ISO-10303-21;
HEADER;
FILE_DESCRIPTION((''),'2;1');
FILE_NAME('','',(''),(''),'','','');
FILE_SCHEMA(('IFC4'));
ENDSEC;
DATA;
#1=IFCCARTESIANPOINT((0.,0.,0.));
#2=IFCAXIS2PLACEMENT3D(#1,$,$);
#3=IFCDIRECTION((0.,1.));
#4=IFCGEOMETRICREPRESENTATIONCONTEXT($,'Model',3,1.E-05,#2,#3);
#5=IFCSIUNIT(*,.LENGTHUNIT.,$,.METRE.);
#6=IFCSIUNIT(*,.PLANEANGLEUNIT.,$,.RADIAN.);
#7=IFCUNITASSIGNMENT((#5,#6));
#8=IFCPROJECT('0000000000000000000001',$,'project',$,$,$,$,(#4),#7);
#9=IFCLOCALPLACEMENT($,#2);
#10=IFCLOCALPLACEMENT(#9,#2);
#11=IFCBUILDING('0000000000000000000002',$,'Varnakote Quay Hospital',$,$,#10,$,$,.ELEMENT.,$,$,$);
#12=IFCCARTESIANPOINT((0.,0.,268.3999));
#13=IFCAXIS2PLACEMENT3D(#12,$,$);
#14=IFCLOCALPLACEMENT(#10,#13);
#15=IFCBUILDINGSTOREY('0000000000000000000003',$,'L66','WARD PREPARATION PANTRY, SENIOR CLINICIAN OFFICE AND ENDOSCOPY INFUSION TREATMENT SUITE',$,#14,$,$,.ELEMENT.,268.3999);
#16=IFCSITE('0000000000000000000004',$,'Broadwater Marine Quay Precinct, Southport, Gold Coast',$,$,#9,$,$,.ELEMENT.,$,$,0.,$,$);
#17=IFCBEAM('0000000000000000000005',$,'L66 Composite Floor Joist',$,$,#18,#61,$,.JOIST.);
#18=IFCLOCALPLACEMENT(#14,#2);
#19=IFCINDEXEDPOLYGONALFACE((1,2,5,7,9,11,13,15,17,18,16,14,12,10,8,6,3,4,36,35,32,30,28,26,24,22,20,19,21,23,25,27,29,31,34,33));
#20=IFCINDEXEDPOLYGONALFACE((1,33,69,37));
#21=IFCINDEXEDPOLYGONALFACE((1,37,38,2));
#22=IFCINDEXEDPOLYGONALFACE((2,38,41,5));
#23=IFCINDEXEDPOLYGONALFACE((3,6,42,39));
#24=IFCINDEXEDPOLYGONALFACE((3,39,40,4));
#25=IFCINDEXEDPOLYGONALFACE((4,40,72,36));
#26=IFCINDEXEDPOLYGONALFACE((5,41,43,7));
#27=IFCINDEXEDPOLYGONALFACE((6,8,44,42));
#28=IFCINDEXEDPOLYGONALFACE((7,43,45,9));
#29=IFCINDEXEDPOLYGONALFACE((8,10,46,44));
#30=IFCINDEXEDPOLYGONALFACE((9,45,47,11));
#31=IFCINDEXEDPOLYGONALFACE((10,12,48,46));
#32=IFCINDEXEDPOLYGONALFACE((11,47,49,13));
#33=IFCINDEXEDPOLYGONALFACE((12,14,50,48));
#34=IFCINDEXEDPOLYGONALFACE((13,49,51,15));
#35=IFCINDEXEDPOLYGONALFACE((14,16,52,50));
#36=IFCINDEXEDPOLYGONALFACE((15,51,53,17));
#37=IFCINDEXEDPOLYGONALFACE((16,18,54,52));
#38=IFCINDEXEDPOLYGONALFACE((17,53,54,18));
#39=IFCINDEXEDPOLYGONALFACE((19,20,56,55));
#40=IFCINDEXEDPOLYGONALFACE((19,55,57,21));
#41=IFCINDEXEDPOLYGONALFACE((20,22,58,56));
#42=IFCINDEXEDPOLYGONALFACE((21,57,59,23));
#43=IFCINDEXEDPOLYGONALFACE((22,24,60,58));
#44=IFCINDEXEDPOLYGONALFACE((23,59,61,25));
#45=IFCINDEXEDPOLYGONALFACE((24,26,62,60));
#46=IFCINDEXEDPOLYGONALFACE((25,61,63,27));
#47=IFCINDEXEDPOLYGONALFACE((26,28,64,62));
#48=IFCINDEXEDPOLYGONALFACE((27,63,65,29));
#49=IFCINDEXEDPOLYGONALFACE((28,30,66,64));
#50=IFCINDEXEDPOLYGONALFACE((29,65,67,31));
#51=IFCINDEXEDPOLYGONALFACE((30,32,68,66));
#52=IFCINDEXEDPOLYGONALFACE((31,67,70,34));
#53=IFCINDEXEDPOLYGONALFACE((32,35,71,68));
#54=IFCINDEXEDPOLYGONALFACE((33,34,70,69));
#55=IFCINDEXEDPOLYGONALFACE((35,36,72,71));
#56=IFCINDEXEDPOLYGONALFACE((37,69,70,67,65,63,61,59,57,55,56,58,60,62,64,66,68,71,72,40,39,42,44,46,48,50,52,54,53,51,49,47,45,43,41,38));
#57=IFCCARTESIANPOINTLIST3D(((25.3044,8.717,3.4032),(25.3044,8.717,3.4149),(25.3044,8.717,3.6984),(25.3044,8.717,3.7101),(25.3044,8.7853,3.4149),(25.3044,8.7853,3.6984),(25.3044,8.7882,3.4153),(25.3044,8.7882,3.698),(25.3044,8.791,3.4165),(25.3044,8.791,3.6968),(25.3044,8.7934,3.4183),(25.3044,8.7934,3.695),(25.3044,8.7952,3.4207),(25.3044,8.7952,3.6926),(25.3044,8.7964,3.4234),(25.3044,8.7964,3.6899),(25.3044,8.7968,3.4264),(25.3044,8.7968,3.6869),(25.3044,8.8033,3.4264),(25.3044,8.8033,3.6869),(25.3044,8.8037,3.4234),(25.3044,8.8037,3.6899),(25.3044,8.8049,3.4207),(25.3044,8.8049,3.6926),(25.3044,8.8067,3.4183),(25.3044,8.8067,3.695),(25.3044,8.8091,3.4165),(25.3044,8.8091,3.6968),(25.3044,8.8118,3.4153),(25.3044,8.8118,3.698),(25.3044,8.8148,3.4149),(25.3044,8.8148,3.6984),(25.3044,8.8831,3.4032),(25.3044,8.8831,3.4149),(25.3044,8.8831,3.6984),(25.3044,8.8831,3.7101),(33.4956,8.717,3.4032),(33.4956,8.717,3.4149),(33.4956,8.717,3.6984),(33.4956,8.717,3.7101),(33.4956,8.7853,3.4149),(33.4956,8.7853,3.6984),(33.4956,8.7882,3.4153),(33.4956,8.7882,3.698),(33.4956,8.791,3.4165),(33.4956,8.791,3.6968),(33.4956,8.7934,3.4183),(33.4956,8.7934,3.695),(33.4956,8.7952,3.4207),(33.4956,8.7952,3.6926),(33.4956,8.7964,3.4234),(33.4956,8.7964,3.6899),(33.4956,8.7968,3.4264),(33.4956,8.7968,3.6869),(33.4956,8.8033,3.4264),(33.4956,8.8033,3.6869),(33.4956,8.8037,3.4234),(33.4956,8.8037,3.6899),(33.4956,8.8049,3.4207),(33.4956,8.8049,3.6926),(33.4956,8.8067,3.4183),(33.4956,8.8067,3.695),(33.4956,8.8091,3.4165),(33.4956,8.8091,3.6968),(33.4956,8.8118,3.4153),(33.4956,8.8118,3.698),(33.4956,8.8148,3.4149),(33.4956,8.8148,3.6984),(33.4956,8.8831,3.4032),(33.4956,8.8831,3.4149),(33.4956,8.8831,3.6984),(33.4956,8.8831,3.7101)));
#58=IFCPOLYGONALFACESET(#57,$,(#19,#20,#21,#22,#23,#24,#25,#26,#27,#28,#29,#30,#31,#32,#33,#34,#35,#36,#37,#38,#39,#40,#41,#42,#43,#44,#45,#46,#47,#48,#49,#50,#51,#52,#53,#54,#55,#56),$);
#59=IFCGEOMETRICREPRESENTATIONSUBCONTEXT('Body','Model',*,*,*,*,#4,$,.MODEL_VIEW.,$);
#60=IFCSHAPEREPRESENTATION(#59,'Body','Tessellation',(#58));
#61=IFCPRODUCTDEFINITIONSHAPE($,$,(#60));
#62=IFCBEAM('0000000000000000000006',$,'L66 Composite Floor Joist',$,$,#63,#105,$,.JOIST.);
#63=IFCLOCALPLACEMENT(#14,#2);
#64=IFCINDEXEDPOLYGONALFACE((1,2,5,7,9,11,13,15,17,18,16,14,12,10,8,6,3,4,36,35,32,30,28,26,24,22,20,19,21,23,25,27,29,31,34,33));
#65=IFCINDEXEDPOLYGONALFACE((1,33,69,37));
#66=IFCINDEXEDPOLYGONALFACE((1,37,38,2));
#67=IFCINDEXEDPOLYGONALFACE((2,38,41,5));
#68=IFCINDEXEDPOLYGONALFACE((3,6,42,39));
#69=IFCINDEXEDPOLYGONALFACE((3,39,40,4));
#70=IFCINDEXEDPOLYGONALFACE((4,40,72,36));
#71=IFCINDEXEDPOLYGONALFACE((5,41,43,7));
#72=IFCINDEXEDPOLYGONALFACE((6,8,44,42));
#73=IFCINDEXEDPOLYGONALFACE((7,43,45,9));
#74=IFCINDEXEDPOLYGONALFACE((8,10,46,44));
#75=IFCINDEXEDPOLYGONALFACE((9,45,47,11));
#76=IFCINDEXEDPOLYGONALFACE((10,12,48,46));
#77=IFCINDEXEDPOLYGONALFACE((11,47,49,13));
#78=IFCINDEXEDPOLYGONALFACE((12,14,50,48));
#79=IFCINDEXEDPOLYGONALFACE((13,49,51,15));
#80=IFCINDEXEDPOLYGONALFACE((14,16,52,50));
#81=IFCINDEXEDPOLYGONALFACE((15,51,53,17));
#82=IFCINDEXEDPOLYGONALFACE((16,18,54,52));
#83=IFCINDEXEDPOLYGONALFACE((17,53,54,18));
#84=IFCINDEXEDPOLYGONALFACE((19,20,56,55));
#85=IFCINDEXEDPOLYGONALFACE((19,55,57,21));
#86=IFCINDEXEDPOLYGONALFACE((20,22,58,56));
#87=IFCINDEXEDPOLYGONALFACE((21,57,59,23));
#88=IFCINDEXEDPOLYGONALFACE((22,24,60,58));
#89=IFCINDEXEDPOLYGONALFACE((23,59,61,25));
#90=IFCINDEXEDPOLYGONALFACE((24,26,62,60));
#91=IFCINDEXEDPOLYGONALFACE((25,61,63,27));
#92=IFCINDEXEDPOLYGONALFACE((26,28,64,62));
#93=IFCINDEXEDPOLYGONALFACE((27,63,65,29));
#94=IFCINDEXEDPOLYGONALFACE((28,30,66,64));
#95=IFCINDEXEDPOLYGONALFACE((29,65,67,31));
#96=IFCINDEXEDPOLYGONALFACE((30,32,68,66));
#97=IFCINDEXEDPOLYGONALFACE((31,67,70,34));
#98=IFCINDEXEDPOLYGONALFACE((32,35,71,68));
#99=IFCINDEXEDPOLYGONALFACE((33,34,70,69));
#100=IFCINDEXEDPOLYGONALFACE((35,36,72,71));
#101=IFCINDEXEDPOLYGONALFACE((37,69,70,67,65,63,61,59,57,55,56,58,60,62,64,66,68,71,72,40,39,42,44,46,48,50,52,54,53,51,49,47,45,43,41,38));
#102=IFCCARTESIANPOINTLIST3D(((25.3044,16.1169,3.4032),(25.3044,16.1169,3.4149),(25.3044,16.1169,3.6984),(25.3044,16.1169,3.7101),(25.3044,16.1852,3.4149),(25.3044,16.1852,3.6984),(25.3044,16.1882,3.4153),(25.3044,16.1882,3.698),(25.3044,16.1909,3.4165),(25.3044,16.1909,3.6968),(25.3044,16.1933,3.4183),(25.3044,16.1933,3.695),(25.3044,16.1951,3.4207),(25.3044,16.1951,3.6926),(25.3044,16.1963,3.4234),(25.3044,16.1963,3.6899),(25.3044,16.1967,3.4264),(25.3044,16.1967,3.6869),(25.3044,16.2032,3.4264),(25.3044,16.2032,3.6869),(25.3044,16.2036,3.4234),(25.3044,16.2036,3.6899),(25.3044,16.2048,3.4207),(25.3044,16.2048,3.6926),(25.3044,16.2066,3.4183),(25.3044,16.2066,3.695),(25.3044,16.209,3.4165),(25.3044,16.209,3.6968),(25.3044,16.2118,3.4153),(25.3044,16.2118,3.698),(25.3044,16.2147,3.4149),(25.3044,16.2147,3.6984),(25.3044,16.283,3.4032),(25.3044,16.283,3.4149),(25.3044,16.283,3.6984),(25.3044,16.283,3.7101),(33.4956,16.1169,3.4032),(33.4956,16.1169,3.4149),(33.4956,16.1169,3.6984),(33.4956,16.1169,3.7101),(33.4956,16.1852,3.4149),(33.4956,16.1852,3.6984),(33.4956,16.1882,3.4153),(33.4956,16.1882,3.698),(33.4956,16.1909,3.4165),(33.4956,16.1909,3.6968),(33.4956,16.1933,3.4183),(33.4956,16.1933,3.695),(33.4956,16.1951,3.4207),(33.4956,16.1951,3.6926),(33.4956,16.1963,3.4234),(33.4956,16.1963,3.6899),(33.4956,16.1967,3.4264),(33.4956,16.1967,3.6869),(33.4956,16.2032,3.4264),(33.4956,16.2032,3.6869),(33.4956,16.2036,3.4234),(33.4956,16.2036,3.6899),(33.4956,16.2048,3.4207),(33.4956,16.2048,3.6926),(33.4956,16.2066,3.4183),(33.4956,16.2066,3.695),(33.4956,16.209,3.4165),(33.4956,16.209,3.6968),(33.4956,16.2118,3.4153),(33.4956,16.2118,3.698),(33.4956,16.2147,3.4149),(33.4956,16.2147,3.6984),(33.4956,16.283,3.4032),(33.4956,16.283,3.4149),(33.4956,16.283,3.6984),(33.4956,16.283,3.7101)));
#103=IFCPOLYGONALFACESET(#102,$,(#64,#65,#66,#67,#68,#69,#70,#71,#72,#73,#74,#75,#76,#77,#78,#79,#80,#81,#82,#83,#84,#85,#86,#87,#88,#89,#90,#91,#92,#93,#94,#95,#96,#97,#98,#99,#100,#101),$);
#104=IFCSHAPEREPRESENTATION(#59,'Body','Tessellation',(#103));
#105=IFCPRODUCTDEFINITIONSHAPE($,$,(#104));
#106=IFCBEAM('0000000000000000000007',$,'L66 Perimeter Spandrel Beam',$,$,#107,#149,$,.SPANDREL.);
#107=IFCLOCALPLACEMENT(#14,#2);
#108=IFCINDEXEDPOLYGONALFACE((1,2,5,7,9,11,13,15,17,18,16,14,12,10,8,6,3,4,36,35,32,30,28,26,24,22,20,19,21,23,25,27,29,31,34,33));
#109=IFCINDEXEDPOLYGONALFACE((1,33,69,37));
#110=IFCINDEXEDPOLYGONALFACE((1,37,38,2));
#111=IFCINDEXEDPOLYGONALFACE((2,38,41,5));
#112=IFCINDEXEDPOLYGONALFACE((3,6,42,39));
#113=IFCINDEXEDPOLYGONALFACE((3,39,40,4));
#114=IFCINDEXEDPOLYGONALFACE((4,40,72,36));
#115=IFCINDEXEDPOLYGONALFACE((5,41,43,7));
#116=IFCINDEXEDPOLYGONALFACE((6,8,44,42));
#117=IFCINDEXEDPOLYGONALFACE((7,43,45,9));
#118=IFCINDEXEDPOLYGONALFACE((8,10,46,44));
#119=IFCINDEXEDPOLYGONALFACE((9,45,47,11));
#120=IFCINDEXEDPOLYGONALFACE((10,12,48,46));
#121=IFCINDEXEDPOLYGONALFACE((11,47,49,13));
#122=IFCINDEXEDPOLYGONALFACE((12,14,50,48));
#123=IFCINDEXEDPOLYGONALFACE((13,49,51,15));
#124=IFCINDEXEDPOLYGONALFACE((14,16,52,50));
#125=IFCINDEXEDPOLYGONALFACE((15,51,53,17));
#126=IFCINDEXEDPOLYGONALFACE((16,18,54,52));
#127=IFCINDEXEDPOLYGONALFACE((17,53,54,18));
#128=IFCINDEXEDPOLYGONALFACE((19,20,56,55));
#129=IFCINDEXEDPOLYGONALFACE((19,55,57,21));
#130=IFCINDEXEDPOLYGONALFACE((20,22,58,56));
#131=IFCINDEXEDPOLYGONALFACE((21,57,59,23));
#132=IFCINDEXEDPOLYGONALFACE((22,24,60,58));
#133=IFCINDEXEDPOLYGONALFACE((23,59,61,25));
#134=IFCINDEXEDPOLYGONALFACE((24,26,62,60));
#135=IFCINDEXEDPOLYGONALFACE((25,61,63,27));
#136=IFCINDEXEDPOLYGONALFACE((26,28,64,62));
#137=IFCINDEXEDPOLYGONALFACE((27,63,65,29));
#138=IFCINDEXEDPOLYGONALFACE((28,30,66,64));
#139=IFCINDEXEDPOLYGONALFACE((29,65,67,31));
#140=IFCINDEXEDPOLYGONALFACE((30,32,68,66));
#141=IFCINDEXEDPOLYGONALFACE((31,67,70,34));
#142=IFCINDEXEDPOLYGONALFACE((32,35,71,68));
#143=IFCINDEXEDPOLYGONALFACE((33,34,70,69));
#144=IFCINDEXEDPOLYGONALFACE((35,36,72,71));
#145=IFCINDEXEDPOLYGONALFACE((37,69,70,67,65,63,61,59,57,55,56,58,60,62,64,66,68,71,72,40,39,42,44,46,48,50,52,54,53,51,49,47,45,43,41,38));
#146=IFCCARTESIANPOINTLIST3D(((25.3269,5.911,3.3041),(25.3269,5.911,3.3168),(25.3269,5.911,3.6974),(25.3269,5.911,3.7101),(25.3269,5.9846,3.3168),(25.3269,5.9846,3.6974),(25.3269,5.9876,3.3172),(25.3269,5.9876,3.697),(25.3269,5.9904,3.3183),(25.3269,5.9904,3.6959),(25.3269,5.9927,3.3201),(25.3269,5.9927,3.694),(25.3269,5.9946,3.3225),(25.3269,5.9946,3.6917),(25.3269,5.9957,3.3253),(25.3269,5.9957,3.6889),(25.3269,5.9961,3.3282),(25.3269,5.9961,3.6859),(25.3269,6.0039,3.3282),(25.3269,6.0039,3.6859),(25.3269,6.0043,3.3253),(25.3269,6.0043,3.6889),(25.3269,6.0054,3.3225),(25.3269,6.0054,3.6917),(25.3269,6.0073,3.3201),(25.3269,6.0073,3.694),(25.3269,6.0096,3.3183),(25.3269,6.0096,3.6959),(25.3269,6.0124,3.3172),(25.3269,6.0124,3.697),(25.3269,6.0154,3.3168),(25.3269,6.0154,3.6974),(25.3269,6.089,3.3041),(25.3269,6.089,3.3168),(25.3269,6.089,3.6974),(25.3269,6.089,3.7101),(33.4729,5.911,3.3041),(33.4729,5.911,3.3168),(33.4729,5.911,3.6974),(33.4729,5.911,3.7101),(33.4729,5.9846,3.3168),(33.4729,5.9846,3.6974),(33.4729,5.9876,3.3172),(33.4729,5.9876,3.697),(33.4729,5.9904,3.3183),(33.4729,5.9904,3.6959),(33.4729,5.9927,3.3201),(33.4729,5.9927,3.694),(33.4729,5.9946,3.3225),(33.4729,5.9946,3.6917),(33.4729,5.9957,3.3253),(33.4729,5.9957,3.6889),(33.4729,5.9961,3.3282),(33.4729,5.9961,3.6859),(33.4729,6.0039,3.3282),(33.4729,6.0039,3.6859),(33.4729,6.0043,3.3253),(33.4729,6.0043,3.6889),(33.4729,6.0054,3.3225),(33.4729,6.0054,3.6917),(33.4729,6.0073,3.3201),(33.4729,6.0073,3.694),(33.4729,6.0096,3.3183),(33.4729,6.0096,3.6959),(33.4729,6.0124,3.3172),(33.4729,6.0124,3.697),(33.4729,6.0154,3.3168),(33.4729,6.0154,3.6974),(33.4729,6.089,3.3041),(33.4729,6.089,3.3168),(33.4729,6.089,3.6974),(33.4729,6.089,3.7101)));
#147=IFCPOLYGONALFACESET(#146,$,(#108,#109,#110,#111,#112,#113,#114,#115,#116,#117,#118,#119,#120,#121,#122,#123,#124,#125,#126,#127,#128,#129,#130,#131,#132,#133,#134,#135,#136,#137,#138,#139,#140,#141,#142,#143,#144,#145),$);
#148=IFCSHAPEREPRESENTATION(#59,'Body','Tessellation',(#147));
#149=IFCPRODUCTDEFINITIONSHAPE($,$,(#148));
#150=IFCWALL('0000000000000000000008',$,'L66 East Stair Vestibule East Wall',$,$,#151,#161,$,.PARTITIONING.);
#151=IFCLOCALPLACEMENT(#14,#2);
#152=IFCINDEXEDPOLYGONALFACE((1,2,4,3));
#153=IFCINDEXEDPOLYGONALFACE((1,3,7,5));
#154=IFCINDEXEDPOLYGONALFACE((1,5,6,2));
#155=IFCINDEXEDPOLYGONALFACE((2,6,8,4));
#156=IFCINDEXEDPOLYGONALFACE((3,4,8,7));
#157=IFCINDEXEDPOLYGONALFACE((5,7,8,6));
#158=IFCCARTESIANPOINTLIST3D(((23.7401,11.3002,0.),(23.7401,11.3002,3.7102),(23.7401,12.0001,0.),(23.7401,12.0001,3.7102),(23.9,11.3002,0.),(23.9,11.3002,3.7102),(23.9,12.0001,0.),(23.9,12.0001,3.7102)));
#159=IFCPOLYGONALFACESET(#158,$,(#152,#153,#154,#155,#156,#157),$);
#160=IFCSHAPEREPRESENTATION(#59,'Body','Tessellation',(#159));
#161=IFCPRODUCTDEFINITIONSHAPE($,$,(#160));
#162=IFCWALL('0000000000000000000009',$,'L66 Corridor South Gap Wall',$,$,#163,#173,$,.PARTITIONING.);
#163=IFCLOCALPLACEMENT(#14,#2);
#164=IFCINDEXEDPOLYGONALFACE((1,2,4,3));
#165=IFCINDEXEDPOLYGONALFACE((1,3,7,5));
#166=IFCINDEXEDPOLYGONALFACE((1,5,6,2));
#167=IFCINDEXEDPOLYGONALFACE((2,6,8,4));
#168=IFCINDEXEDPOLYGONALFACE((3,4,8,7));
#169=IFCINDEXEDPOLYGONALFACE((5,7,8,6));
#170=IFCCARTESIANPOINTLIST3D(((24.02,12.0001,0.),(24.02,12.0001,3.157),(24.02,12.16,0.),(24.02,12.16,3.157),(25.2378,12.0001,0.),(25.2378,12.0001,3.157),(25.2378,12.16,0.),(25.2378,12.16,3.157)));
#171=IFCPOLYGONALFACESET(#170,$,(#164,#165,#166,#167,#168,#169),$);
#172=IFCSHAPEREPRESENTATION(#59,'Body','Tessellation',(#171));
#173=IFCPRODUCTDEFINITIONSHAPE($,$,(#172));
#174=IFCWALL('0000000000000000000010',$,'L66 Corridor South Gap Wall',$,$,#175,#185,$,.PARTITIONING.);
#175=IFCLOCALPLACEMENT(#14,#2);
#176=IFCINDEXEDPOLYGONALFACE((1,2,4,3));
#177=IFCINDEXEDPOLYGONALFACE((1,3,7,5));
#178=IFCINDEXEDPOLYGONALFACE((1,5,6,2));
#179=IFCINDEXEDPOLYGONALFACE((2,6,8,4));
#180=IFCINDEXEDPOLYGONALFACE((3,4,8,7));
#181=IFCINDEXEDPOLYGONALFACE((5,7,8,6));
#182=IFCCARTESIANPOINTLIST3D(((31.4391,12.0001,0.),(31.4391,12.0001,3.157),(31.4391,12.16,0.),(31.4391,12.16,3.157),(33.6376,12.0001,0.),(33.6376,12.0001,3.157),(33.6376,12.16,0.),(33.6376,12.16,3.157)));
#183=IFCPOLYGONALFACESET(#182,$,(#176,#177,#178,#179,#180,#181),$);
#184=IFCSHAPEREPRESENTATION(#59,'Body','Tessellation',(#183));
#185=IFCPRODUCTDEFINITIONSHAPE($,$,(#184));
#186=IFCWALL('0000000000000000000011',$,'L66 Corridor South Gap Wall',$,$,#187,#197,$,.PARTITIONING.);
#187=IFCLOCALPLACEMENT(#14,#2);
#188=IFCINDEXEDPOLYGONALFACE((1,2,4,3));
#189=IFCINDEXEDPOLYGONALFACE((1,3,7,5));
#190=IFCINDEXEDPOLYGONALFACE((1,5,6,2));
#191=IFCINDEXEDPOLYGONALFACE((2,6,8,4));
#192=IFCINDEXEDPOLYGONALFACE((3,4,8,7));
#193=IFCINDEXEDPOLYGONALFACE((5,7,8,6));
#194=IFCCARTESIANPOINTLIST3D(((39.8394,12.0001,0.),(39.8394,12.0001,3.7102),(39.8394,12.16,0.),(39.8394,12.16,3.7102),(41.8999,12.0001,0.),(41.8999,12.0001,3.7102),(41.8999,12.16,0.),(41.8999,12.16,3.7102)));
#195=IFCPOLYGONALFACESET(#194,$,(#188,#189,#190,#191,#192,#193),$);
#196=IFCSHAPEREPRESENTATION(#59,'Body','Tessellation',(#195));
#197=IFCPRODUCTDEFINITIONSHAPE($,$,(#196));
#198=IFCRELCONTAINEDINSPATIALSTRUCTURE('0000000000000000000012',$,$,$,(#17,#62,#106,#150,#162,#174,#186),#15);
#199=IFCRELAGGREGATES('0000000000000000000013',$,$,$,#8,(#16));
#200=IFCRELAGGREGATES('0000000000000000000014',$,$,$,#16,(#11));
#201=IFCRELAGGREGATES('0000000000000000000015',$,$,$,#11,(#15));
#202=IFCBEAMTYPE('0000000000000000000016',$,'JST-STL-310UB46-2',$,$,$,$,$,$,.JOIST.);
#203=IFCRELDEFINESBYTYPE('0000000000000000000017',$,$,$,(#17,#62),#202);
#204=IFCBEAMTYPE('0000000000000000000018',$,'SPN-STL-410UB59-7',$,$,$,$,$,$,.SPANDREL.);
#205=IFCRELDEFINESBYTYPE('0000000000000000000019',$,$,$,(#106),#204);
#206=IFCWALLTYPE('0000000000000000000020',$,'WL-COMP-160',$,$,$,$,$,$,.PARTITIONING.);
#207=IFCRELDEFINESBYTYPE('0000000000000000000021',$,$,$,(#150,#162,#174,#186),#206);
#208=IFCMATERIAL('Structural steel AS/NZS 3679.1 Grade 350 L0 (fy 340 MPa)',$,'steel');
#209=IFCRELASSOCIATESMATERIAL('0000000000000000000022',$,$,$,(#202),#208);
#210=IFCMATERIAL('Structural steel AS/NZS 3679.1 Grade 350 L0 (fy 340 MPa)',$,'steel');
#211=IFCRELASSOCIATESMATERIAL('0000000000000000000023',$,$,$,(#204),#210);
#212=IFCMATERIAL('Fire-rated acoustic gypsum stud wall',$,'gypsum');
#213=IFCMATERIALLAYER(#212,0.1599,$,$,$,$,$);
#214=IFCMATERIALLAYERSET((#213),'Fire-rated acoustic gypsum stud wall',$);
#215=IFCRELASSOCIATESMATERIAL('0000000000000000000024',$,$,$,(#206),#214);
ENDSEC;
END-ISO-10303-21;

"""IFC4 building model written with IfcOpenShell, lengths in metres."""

from ifc_helpers import new_model, si_unit, direction, frame, frame_2d, origin, origin_2d, place, context, subcontext, project, spatial, rectangle, i_section, extrude, material, layer, layer_set, material_profile, profile_set, type_object, element, save


model = new_model("IFC4")

# Units and contexts
model_context = context("Model", 3, precision=1e-05, world=origin(), true_north=direction((0.0, 1.0)))
body_context = subcontext(model_context, "Body", "Model", "MODEL_VIEW")
ifc_project = project(units=[si_unit("LENGTHUNIT", "METRE"), si_unit("PLANEANGLEUNIT", "RADIAN")], contexts=[model_context])

# Site, building, storey
site_placement = place(None, origin())
site = spatial("IfcSite", under=ifc_project, at=site_placement, Name="Broadwater Marine Quay Precinct, Southport, Gold Coast", CompositionType="ELEMENT", RefElevation=0.0)
building_placement = place(site_placement, origin())
building = spatial("IfcBuilding", under=site, at=building_placement, Name="Varnakote Quay Hospital", CompositionType="ELEMENT")
storey_placement = place(building_placement, frame((0.0, 0.0, 268.3999)))
storey = spatial("IfcBuildingStorey", under=building, at=storey_placement, Name="L66", Description="WARD PREPARATION PANTRY, SENIOR CLINICIAN OFFICE AND ENDOSCOPY INFUSION TREATMENT SUITE", CompositionType="ELEMENT", Elevation=268.3999)

# Beams
ifc_material_1 = material(Name="Structural steel AS/NZS 3679.1 Grade 350 L0 (fy 340 MPa)", Category="steel")
ifc_material_profile_1 = material_profile(ifc_material_1, i_section(OverallWidth=0.166, OverallDepth=0.3069, WebThickness=0.0066, FlangeThickness=0.0117, FilletRadius=0.0115, at=origin_2d()), Name="310UB46.2")
ifc_profile_set_1 = profile_set([ifc_material_profile_1], Name="Structural steel AS/NZS 3679.1 Grade 350 L0 (fy 340 MPa)")
beam_type_1 = type_object("IfcBeamType", Name="JST-STL-310UB46-2", PredefinedType="JOIST", material=ifc_profile_set_1)
for number, where, z_axis, x_axis, name in (
    (1, (25.3044, 8.8, 3.5566), (1.0, 0.0, 0.0), (0.0, 1.0, 0.0), "L66 Composite Floor Joist"),
    (2, (25.3044, 16.2, 3.5566), (1.0, 0.0, 0.0), (0.0, 1.0, 0.0), "L66 Composite Floor Joist"),
):
    element("IfcBeam", number, at=place(storey_placement, frame(where, z_axis=z_axis, x_axis=x_axis)), inside=storey, type_object=beam_type_1, Name=name, PredefinedType="JOIST", context=body_context, shape_type="SweptSolid", body=[
        extrude(i_section(OverallWidth=0.166, OverallDepth=0.3069, WebThickness=0.0066, FlangeThickness=0.0117, FilletRadius=0.0115, at=origin_2d()), origin(), (0.0, 0.0, 1.0), 8.1912),
    ])
ifc_material_2 = material(Name="Structural steel AS/NZS 3679.1 Grade 350 L0 (fy 340 MPa)", Category="steel")
ifc_material_profile_2 = material_profile(ifc_material_2, i_section(OverallWidth=0.178, OverallDepth=0.406, WebThickness=0.0078, FlangeThickness=0.0127, FilletRadius=0.0115, at=origin_2d()), Name="410UB59.7")
ifc_profile_set_2 = profile_set([ifc_material_profile_2], Name="Structural steel AS/NZS 3679.1 Grade 350 L0 (fy 340 MPa)")
beam_type_2 = type_object("IfcBeamType", Name="SPN-STL-410UB59-7", PredefinedType="SPANDREL", material=ifc_profile_set_2)
beam_1_placement = place(storey_placement, frame((25.3269, 6.0, 3.5071), z_axis=(1.0, 0.0, 0.0), x_axis=(0.0, 1.0, 0.0)))
element("IfcBeam", 3, at=beam_1_placement, inside=storey, type_object=beam_type_2, Name="L66 Perimeter Spandrel Beam", PredefinedType="SPANDREL", context=body_context, shape_type="SweptSolid", body=[
    extrude(i_section(OverallWidth=0.178, OverallDepth=0.406, WebThickness=0.0078, FlangeThickness=0.0127, FilletRadius=0.0115, at=origin_2d()), origin(), (0.0, 0.0, 1.0), 8.146),
])

# Walls
ifc_material_3 = material(Name="Fire-rated acoustic gypsum stud wall", Category="gypsum")
ifc_layer_1 = layer(ifc_material_3, 0.1599)
ifc_layer_set_1 = layer_set([ifc_layer_1], Name="Fire-rated acoustic gypsum stud wall")
wall_type_1 = type_object("IfcWallType", Name="WL-COMP-160", PredefinedType="PARTITIONING", material=ifc_layer_set_1)
wall_1_placement = place(storey_placement, frame((23.8201, 11.3, 0.0), z_axis=(0.0, 0.0, 1.0), x_axis=(0.0, 1.0, 0.0)))
element("IfcWall", 4, at=wall_1_placement, inside=storey, type_object=wall_type_1, Name="L66 East Stair Vestibule East Wall", PredefinedType="PARTITIONING", context=body_context, shape_type="SweptSolid", body=[
    extrude(rectangle(XDim=0.7, YDim=0.1599, at=frame_2d((0.3501, 0.0))), origin(), (0.0, 0.0, 1.0), 3.7102),
])
wall_2_placement = place(storey_placement, frame((24.02, 12.0801, 0.0), z_axis=(0.0, 0.0, 1.0), x_axis=(1.0, 0.0, 0.0)))
element("IfcWall", 5, at=wall_2_placement, inside=storey, type_object=wall_type_1, Name="L66 Corridor South Gap Wall", PredefinedType="PARTITIONING", context=body_context, shape_type="SweptSolid", body=[
    extrude(rectangle(XDim=1.2178, YDim=0.1599, at=frame_2d((0.6089, 0.0))), origin(), (0.0, 0.0, 1.0), 3.157),
])
wall_3_placement = place(storey_placement, frame((31.4392, 12.0801, 0.0), z_axis=(0.0, 0.0, 1.0), x_axis=(1.0, 0.0, 0.0)))
element("IfcWall", 6, at=wall_3_placement, inside=storey, type_object=wall_type_1, Name="L66 Corridor South Gap Wall", PredefinedType="PARTITIONING", context=body_context, shape_type="SweptSolid", body=[
    extrude(rectangle(XDim=2.1985, YDim=0.1599, at=frame_2d((1.0991, 0.0))), origin(), (0.0, 0.0, 1.0), 3.157),
])
wall_4_placement = place(storey_placement, frame((39.8394, 12.0801, 0.0), z_axis=(0.0, 0.0, 1.0), x_axis=(1.0, 0.0, 0.0)))
element("IfcWall", 7, at=wall_4_placement, inside=storey, type_object=wall_type_1, Name="L66 Corridor South Gap Wall", PredefinedType="PARTITIONING", context=body_context, shape_type="SweptSolid", body=[
    extrude(rectangle(XDim=2.0605, YDim=0.1599, at=frame_2d((1.0303, 0.0))), origin(), (0.0, 0.0, 1.0), 3.7102),
])

save(model, "model.ifc")
